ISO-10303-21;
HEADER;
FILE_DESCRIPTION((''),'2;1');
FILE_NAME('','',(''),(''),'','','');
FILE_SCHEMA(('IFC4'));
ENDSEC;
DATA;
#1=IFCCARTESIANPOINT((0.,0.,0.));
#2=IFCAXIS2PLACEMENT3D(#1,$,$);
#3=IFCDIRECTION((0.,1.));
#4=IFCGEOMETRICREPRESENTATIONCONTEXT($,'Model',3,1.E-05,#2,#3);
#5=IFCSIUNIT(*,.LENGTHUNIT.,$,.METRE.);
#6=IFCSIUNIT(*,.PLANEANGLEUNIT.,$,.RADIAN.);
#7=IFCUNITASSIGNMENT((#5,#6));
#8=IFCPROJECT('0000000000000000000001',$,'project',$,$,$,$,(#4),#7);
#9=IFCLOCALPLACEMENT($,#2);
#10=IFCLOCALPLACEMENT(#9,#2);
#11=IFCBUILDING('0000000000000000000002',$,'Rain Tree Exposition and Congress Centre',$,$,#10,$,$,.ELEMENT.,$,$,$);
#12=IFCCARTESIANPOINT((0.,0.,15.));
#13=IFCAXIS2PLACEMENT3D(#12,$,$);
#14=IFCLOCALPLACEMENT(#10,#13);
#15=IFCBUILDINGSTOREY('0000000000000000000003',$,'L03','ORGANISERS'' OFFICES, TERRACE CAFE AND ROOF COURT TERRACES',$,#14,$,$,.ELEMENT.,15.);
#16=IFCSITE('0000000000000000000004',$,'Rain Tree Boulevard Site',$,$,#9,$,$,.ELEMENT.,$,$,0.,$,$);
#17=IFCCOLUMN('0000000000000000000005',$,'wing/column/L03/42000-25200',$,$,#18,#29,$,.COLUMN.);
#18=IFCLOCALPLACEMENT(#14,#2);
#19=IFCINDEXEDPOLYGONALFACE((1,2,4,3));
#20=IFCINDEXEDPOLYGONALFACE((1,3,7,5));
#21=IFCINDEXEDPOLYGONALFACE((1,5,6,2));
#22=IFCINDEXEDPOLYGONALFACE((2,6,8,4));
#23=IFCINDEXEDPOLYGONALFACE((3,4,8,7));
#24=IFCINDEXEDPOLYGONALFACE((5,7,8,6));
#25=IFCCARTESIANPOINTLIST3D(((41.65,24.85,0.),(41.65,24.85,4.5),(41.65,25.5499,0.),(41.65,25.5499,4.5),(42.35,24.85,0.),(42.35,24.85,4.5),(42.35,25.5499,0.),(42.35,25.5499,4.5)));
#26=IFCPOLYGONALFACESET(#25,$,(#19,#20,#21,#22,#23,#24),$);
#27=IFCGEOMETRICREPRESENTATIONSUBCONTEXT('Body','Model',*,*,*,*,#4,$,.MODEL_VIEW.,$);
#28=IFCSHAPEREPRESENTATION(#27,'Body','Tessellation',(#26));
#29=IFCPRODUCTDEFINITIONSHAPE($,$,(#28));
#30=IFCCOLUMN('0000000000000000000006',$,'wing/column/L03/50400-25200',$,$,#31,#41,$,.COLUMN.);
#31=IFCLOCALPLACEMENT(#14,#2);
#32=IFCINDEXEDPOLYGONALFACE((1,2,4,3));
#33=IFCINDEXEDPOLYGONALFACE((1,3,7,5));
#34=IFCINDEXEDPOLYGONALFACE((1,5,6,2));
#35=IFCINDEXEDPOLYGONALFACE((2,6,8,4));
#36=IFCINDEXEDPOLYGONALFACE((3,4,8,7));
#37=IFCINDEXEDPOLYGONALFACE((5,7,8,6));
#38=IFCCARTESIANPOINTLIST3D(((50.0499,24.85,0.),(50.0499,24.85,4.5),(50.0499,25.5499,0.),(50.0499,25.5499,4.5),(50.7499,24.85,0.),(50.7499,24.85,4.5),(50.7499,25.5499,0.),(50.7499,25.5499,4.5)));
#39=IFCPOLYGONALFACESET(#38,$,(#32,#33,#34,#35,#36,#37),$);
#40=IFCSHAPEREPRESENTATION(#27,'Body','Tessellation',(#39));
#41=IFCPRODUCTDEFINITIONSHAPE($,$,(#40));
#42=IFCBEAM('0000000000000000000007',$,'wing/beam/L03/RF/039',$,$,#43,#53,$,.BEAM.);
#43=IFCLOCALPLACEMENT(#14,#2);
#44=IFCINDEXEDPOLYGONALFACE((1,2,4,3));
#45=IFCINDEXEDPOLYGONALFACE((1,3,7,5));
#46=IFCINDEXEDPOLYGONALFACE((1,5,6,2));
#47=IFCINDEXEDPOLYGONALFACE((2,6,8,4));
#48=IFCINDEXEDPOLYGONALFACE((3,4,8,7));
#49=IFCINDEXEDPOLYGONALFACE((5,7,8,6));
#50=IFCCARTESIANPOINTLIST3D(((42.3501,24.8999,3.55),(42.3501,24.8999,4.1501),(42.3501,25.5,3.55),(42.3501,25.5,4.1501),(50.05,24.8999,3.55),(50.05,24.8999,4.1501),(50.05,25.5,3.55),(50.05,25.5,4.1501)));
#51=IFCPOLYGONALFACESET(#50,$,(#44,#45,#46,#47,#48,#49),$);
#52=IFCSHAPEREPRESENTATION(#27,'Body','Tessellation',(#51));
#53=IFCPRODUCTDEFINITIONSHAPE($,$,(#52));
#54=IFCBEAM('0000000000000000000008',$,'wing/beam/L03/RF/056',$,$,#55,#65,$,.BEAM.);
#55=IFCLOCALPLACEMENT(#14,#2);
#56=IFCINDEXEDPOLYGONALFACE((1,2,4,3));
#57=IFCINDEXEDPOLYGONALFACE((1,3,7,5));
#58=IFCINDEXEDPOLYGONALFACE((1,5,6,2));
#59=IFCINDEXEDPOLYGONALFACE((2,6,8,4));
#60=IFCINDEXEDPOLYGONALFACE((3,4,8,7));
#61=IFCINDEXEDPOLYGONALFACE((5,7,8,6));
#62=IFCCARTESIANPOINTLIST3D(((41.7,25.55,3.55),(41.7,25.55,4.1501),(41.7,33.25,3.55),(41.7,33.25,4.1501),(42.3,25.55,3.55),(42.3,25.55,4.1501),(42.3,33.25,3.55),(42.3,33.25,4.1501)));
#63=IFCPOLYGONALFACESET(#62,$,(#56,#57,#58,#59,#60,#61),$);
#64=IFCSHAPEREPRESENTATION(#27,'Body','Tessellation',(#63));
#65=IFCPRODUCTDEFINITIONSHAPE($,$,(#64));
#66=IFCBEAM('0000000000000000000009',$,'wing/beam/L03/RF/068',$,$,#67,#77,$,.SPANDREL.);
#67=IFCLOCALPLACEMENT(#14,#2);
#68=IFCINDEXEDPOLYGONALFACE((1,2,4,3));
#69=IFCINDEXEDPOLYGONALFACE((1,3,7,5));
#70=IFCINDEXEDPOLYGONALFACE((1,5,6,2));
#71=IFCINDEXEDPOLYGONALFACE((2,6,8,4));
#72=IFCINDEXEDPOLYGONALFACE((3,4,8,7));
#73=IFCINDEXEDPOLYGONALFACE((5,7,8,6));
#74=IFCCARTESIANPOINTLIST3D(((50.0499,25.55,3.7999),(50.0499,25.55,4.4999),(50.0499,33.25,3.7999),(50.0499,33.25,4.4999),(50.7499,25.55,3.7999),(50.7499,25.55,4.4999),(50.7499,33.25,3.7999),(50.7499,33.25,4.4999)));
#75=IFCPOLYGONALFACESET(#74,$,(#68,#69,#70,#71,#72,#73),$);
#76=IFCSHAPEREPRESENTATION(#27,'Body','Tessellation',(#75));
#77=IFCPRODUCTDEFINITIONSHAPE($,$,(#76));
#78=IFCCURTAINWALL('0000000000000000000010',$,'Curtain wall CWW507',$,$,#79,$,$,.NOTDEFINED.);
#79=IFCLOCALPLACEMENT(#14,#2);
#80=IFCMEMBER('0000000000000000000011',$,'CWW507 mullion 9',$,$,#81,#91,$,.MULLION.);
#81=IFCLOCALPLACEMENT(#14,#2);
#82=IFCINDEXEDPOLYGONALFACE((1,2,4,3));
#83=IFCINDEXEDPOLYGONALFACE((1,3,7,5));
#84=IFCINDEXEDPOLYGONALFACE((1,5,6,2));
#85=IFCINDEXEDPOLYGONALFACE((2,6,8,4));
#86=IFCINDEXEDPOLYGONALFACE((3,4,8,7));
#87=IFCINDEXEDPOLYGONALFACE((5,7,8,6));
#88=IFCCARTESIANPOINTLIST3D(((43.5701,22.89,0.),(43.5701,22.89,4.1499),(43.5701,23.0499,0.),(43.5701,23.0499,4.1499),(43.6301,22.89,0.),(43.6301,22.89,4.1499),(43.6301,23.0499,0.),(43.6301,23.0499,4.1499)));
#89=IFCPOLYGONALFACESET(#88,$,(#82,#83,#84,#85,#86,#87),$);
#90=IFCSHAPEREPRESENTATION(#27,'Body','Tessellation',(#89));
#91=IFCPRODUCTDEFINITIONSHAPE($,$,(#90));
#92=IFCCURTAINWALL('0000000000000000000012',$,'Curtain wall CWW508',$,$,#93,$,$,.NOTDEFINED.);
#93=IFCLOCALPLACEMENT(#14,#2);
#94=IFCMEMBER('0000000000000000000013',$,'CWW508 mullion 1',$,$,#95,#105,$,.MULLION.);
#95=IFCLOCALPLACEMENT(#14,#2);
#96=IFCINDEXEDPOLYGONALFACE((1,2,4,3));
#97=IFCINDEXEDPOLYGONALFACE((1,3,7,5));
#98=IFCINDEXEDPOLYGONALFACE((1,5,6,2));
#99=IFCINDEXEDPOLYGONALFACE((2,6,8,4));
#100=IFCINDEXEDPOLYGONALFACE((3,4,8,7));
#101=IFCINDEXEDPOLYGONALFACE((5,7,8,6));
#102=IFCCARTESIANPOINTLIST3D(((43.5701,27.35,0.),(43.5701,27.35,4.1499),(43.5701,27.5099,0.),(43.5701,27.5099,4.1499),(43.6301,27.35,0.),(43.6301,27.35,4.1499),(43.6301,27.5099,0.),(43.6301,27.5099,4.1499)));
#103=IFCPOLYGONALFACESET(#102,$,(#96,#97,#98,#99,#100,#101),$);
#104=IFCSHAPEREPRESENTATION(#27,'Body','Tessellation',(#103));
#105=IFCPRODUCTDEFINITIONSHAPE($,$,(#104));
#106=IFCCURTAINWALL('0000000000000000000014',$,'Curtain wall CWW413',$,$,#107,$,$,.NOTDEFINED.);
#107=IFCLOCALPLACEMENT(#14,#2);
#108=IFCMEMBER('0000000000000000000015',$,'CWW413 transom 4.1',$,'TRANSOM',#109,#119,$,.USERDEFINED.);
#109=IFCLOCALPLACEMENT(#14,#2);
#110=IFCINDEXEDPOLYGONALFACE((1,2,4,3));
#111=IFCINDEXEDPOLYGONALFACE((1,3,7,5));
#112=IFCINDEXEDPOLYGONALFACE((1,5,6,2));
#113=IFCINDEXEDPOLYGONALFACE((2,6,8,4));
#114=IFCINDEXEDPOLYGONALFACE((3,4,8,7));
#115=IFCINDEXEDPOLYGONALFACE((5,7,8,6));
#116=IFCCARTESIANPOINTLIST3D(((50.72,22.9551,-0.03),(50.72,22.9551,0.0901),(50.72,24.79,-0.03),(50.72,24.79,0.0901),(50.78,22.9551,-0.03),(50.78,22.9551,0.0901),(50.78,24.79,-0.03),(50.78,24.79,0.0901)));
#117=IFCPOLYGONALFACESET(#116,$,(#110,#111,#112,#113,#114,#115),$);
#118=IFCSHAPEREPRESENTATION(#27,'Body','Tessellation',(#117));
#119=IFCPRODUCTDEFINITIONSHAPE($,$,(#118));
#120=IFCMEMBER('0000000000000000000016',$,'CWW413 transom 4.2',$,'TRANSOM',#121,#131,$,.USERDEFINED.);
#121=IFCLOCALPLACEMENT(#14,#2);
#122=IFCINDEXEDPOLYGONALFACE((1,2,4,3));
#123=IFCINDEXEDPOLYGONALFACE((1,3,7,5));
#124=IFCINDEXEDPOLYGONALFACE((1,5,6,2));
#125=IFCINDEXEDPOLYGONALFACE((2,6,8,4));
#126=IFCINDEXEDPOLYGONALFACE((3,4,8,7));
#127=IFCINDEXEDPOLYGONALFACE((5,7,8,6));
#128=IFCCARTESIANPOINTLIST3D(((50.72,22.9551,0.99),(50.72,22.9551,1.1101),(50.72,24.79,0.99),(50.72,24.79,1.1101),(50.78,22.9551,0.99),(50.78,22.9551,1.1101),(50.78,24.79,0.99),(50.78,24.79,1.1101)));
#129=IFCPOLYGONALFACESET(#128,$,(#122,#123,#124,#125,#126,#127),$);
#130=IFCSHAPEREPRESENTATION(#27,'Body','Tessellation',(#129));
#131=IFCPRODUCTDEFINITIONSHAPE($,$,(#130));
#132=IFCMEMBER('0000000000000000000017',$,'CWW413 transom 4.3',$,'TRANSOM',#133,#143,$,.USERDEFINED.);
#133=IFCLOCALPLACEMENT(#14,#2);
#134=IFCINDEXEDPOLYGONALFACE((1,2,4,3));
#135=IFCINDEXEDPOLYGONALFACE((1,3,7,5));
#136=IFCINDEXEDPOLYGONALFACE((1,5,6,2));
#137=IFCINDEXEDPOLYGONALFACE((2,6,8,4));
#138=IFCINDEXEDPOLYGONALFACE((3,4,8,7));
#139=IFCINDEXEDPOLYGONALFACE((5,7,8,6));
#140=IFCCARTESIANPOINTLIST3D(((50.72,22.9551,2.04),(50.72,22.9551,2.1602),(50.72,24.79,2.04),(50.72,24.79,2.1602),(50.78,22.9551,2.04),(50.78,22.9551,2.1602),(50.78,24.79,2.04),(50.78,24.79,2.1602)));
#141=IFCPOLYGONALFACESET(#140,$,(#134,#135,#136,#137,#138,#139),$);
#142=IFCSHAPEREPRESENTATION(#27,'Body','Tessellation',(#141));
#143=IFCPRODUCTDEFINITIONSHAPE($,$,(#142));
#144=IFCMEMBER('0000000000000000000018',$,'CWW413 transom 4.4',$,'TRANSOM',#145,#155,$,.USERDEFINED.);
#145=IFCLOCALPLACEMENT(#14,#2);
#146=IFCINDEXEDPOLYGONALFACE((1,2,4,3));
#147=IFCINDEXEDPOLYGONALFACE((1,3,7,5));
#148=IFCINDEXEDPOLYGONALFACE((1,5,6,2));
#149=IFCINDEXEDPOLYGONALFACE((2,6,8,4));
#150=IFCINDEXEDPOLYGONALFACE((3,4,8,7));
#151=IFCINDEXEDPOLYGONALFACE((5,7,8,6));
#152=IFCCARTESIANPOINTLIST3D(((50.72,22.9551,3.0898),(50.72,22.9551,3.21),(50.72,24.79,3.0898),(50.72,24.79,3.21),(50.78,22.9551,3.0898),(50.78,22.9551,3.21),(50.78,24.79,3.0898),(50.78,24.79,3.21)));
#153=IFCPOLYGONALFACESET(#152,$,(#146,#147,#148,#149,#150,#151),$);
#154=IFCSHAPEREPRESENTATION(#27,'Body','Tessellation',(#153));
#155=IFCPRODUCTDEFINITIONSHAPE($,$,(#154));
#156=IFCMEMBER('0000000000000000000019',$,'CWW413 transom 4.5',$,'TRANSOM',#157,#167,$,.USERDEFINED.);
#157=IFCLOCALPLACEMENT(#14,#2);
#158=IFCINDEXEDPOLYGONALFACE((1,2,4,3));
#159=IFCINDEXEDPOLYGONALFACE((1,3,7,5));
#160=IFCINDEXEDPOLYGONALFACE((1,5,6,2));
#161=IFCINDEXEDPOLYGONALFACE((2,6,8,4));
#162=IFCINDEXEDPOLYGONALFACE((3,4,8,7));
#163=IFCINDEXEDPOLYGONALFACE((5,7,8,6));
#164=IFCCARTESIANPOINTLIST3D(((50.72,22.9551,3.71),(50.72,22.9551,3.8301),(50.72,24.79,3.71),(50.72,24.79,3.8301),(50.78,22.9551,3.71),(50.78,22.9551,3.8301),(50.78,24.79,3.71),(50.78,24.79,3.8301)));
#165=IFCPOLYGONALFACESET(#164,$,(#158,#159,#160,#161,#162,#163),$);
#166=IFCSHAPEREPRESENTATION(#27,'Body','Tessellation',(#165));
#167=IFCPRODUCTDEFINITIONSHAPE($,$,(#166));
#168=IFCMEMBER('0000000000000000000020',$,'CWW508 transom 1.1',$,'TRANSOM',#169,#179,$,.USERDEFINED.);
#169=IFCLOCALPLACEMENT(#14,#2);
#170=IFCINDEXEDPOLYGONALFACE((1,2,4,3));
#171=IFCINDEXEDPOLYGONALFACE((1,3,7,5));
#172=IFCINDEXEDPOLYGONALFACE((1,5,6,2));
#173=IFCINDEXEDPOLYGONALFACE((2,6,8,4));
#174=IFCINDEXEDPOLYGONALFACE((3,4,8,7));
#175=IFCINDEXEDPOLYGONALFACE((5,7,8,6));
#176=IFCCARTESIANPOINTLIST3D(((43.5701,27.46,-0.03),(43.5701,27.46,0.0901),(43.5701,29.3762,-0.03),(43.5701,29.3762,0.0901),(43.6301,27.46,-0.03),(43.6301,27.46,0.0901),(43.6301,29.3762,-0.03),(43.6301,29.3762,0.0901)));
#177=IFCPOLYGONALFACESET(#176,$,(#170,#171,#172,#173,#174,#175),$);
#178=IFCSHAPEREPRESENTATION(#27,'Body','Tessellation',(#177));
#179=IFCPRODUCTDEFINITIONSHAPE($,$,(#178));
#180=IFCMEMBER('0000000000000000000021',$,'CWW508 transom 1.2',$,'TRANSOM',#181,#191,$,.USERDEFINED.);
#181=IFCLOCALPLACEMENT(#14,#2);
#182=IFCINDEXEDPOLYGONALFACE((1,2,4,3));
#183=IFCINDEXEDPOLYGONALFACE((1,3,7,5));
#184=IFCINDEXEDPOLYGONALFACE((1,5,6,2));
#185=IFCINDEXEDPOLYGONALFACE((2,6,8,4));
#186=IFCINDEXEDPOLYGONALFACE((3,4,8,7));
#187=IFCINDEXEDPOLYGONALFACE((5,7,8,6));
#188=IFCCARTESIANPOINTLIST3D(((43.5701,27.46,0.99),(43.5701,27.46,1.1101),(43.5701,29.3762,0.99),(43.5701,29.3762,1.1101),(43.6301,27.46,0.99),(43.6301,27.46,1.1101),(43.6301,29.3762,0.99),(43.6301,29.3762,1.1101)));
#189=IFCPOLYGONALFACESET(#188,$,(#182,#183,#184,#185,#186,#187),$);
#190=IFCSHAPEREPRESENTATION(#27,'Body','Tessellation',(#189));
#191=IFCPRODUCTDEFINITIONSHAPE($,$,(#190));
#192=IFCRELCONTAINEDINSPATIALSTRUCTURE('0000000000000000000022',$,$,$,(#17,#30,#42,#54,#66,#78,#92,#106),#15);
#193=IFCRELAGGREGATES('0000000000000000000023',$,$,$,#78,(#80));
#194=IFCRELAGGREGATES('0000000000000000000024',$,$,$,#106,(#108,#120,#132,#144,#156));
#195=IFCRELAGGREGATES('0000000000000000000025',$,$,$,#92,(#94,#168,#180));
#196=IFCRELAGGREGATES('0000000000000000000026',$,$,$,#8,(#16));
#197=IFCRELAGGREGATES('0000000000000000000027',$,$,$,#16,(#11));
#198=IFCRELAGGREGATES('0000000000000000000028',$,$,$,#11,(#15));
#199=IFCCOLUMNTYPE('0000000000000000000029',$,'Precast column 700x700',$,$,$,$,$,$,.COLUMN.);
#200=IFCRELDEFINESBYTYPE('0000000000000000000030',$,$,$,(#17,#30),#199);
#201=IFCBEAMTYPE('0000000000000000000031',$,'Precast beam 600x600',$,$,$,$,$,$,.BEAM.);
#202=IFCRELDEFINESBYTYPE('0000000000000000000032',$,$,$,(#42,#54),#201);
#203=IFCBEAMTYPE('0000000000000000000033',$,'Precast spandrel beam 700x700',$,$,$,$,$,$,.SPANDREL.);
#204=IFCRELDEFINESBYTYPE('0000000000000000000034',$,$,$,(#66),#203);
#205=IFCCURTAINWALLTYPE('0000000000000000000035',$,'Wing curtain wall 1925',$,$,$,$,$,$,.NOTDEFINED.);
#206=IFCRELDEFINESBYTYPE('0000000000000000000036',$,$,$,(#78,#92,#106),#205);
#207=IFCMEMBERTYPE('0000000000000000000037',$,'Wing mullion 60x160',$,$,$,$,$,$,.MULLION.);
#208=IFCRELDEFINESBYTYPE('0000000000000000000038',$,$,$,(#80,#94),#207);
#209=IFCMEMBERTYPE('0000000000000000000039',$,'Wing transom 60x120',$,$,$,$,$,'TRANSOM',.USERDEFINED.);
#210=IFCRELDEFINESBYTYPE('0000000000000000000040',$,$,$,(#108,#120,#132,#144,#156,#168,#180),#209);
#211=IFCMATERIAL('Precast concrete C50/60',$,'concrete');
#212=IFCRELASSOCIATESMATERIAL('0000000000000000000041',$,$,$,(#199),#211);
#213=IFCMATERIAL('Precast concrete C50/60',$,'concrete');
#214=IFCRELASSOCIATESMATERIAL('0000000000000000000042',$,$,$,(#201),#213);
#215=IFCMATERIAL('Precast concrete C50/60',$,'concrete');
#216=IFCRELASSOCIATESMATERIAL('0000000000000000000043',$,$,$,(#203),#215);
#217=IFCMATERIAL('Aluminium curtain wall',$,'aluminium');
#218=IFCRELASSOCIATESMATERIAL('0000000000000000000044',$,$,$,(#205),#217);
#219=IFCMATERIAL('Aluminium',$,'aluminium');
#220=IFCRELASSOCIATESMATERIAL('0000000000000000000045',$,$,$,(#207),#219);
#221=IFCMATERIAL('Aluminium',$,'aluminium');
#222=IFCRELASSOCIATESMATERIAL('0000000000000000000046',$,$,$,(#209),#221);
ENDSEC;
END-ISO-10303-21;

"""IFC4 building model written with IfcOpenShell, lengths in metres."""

from ifc_helpers import new_model, si_unit, direction, frame, origin, origin_2d, place, context, subcontext, project, spatial, rectangle, extrude, material, material_profile, profile_set, type_object, element, aggregate, save


model = new_model("IFC4")

# Units and contexts
model_context = context("Model", 3, precision=1e-05, world=origin(), true_north=direction((0.0, 1.0)))
body_context = subcontext(model_context, "Body", "Model", "MODEL_VIEW")
ifc_project = project(units=[si_unit("LENGTHUNIT", "METRE"), si_unit("PLANEANGLEUNIT", "RADIAN")], contexts=[model_context])

# Site, building, storey
site_placement = place(None, origin())
site = spatial("IfcSite", under=ifc_project, at=site_placement, Name="Rain Tree Boulevard Site", CompositionType="ELEMENT", RefElevation=0.0)
building_placement = place(site_placement, origin())
building = spatial("IfcBuilding", under=site, at=building_placement, Name="Rain Tree Exposition and Congress Centre", CompositionType="ELEMENT")
storey_placement = place(building_placement, frame((0.0, 0.0, 15.0)))
storey = spatial("IfcBuildingStorey", under=building, at=storey_placement, Name="L03", Description="ORGANISERS' OFFICES, TERRACE CAFE AND ROOF COURT TERRACES", CompositionType="ELEMENT", Elevation=15.0)

# Columns
ifc_material_1 = material(Name="Precast concrete C50/60", Category="concrete")
ifc_material_profile_1 = material_profile(ifc_material_1, rectangle(XDim=0.7, YDim=0.7, at=origin_2d()), Name="RC 700x700")
ifc_profile_set_1 = profile_set([ifc_material_profile_1], Name="Precast concrete C50/60")
column_type = type_object("IfcColumnType", Name="Precast column 700x700", PredefinedType="COLUMN", material=ifc_profile_set_1)
for number, where, z_axis, x_axis, name in (
    (1, (42.0, 25.2, 0.0), (0.0, 0.0, 1.0), (1.0, 0.0, 0.0), "wing/column/L03/42000-25200"),
    (2, (50.3999, 25.2, 0.0), (0.0, 0.0, 1.0), (1.0, 0.0, 0.0), "wing/column/L03/50400-25200"),
):
    element("IfcColumn", number, at=place(storey_placement, frame(where, z_axis=z_axis, x_axis=x_axis)), inside=storey, type_object=column_type, Name=name, PredefinedType="COLUMN", context=body_context, shape_type="SweptSolid", body=[
        extrude(rectangle(XDim=0.7, YDim=0.7, at=origin_2d()), origin(), (0.0, 0.0, 1.0), 4.5),
    ])

# Beams
ifc_material_2 = material(Name="Precast concrete C50/60", Category="concrete")
ifc_material_profile_2 = material_profile(ifc_material_2, rectangle(XDim=0.6001, YDim=0.6001, at=origin_2d()), Name="RC 600x600")
ifc_profile_set_2 = profile_set([ifc_material_profile_2], Name="Precast concrete C50/60")
beam_type_1 = type_object("IfcBeamType", Name="Precast beam 600x600", PredefinedType="BEAM", material=ifc_profile_set_2)
for number, where, z_axis, x_axis, name in (
    (3, (42.3501, 25.2, 3.8501), (1.0, 0.0, 0.0), (0.0, 1.0, 0.0), "wing/beam/L03/RF/039"),
    (4, (42.0, 25.55, 3.8501), (0.0, 1.0, 0.0), (-1.0, 0.0, 0.0), "wing/beam/L03/RF/056"),
):
    element("IfcBeam", number, at=place(storey_placement, frame(where, z_axis=z_axis, x_axis=x_axis)), inside=storey, type_object=beam_type_1, Name=name, PredefinedType="BEAM", context=body_context, shape_type="SweptSolid", body=[
        extrude(rectangle(XDim=0.6001, YDim=0.6001, at=origin_2d()), origin(), (0.0, 0.0, 1.0), 7.7),
    ])
ifc_material_3 = material(Name="Precast concrete C50/60", Category="concrete")
ifc_material_profile_3 = material_profile(ifc_material_3, rectangle(XDim=0.7, YDim=0.7, at=origin_2d()), Name="RC 700x700")
ifc_profile_set_3 = profile_set([ifc_material_profile_3], Name="Precast concrete C50/60")
beam_type_2 = type_object("IfcBeamType", Name="Precast spandrel beam 700x700", PredefinedType="SPANDREL", material=ifc_profile_set_3)
beam_placement = place(storey_placement, frame((50.3999, 25.55, 4.1499), z_axis=(0.0, 1.0, 0.0), x_axis=(-1.0, 0.0, 0.0)))
element("IfcBeam", 5, at=beam_placement, inside=storey, type_object=beam_type_2, Name="wing/beam/L03/RF/068", PredefinedType="SPANDREL", context=body_context, shape_type="SweptSolid", body=[
    extrude(rectangle(XDim=0.7, YDim=0.7, at=origin_2d()), origin(), (0.0, 0.0, 1.0), 7.7),
])

# Curtain walls, members
ifc_material_4 = material(Name="Aluminium curtain wall", Category="aluminium")
curtain_wall_type = type_object("IfcCurtainWallType", Name="Wing curtain wall 1925", PredefinedType="NOTDEFINED", material=ifc_material_4)
curtain_wall_1_placement = place(storey_placement, origin())
curtain_wall_1 = element("IfcCurtainWall", 6, at=curtain_wall_1_placement, inside=storey, type_object=curtain_wall_type, Name="Curtain wall CWW507", PredefinedType="NOTDEFINED")
ifc_material_5 = material(Name="Aluminium", Category="aluminium")
ifc_material_profile_4 = material_profile(ifc_material_5, rectangle(XDim=0.0601, YDim=0.1599, at=origin_2d()), Name="Aluminium 60x160")
ifc_profile_set_4 = profile_set([ifc_material_profile_4], Name="Aluminium")
member_type_1 = type_object("IfcMemberType", Name="Wing mullion 60x160", PredefinedType="MULLION", material=ifc_profile_set_4)
member_1_placement = place(storey_placement, frame((43.6001, 22.97, 0.0), z_axis=(0.0, 0.0, 1.0), x_axis=(-1.0, 0.0, 0.0)))
member_1 = element("IfcMember", 7, at=member_1_placement, type_object=member_type_1, Name="CWW507 mullion 9", PredefinedType="MULLION", context=body_context, shape_type="SweptSolid", body=[
    extrude(rectangle(XDim=0.0601, YDim=0.1599, at=origin_2d()), origin(), (0.0, 0.0, 1.0), 4.1499),
])
aggregate(curtain_wall_1, [member_1])
curtain_wall_2_placement = place(storey_placement, origin())
curtain_wall_2 = element("IfcCurtainWall", 8, at=curtain_wall_2_placement, inside=storey, type_object=curtain_wall_type, Name="Curtain wall CWW508", PredefinedType="NOTDEFINED")
member_2_placement = place(storey_placement, frame((43.6001, 27.4299, 0.0), z_axis=(0.0, 0.0, 1.0), x_axis=(-1.0, 0.0, 0.0)))
member_2 = element("IfcMember", 9, at=member_2_placement, type_object=member_type_1, Name="CWW508 mullion 1", PredefinedType="MULLION", context=body_context, shape_type="SweptSolid", body=[
    extrude(rectangle(XDim=0.0601, YDim=0.1599, at=origin_2d()), origin(), (0.0, 0.0, 1.0), 4.1499),
])

# Curtain wall, members
curtain_wall_3_placement = place(storey_placement, origin())
curtain_wall_3 = element("IfcCurtainWall", 10, at=curtain_wall_3_placement, inside=storey, type_object=curtain_wall_type, Name="Curtain wall CWW413", PredefinedType="NOTDEFINED")
ifc_material_6 = material(Name="Aluminium", Category="aluminium")
ifc_material_profile_5 = material_profile(ifc_material_6, rectangle(XDim=0.0601, YDim=0.1201, at=origin_2d()), Name="Aluminium 60x120")
ifc_profile_set_5 = profile_set([ifc_material_profile_5], Name="Aluminium")
member_type_2 = type_object("IfcMemberType", Name="Wing transom 60x120", ElementType="TRANSOM", PredefinedType="USERDEFINED", material=ifc_profile_set_5)
member_3_placement = place(storey_placement, frame((50.75, 22.9551, 0.03), z_axis=(0.0, 1.0, 0.0), x_axis=(-1.0, 0.0, 0.0)))
member_3 = element("IfcMember", 11, at=member_3_placement, type_object=member_type_2, Name="CWW413 transom 4.1", ObjectType="TRANSOM", PredefinedType="USERDEFINED", context=body_context, shape_type="SweptSolid", body=[
    extrude(rectangle(XDim=0.0601, YDim=0.1201, at=origin_2d()), origin(), (0.0, 0.0, 1.0), 1.835),
])
member_4_placement = place(storey_placement, frame((50.75, 22.9551, 1.05), z_axis=(0.0, 1.0, 0.0), x_axis=(-1.0, 0.0, 0.0)))
member_4 = element("IfcMember", 12, at=member_4_placement, type_object=member_type_2, Name="CWW413 transom 4.2", ObjectType="TRANSOM", PredefinedType="USERDEFINED", context=body_context, shape_type="SweptSolid", body=[
    extrude(rectangle(XDim=0.0601, YDim=0.1201, at=origin_2d()), origin(), (0.0, 0.0, 1.0), 1.835),
])
member_5_placement = place(storey_placement, frame((50.75, 22.9551, 2.1001), z_axis=(0.0, 1.0, 0.0), x_axis=(-1.0, 0.0, 0.0)))
member_5 = element("IfcMember", 13, at=member_5_placement, type_object=member_type_2, Name="CWW413 transom 4.3", ObjectType="TRANSOM", PredefinedType="USERDEFINED", context=body_context, shape_type="SweptSolid", body=[
    extrude(rectangle(XDim=0.0601, YDim=0.1201, at=origin_2d()), origin(), (0.0, 0.0, 1.0), 1.835),
])
member_6_placement = place(storey_placement, frame((50.75, 22.9551, 3.1499), z_axis=(0.0, 1.0, 0.0), x_axis=(-1.0, 0.0, 0.0)))
member_6 = element("IfcMember", 14, at=member_6_placement, type_object=member_type_2, Name="CWW413 transom 4.4", ObjectType="TRANSOM", PredefinedType="USERDEFINED", context=body_context, shape_type="SweptSolid", body=[
    extrude(rectangle(XDim=0.0601, YDim=0.1201, at=origin_2d()), origin(), (0.0, 0.0, 1.0), 1.835),
])
member_7_placement = place(storey_placement, frame((50.75, 22.9551, 3.77), z_axis=(0.0, 1.0, 0.0), x_axis=(-1.0, 0.0, 0.0)))
member_7 = element("IfcMember", 15, at=member_7_placement, type_object=member_type_2, Name="CWW413 transom 4.5", ObjectType="TRANSOM", PredefinedType="USERDEFINED", context=body_context, shape_type="SweptSolid", body=[
    extrude(rectangle(XDim=0.0601, YDim=0.1201, at=origin_2d()), origin(), (0.0, 0.0, 1.0), 1.835),
])

# Members
member_8_placement = place(storey_placement, frame((43.6001, 27.46, 0.03), z_axis=(0.0, 1.0, 0.0), x_axis=(-1.0, 0.0, 0.0)))
member_8 = element("IfcMember", 16, at=member_8_placement, type_object=member_type_2, Name="CWW508 transom 1.1", ObjectType="TRANSOM", PredefinedType="USERDEFINED", context=body_context, shape_type="SweptSolid", body=[
    extrude(rectangle(XDim=0.0601, YDim=0.1201, at=origin_2d()), origin(), (0.0, 0.0, 1.0), 1.9163),
])
member_9_placement = place(storey_placement, frame((43.6001, 27.46, 1.05), z_axis=(0.0, 1.0, 0.0), x_axis=(-1.0, 0.0, 0.0)))
member_9 = element("IfcMember", 17, at=member_9_placement, type_object=member_type_2, Name="CWW508 transom 1.2", ObjectType="TRANSOM", PredefinedType="USERDEFINED", context=body_context, shape_type="SweptSolid", body=[
    extrude(rectangle(XDim=0.0601, YDim=0.1201, at=origin_2d()), origin(), (0.0, 0.0, 1.0), 1.9163),
])

aggregate(curtain_wall_3, [member_3, member_4, member_5, member_6, member_7])
aggregate(curtain_wall_2, [member_2, member_8, member_9])

save(model, "model.ifc")
